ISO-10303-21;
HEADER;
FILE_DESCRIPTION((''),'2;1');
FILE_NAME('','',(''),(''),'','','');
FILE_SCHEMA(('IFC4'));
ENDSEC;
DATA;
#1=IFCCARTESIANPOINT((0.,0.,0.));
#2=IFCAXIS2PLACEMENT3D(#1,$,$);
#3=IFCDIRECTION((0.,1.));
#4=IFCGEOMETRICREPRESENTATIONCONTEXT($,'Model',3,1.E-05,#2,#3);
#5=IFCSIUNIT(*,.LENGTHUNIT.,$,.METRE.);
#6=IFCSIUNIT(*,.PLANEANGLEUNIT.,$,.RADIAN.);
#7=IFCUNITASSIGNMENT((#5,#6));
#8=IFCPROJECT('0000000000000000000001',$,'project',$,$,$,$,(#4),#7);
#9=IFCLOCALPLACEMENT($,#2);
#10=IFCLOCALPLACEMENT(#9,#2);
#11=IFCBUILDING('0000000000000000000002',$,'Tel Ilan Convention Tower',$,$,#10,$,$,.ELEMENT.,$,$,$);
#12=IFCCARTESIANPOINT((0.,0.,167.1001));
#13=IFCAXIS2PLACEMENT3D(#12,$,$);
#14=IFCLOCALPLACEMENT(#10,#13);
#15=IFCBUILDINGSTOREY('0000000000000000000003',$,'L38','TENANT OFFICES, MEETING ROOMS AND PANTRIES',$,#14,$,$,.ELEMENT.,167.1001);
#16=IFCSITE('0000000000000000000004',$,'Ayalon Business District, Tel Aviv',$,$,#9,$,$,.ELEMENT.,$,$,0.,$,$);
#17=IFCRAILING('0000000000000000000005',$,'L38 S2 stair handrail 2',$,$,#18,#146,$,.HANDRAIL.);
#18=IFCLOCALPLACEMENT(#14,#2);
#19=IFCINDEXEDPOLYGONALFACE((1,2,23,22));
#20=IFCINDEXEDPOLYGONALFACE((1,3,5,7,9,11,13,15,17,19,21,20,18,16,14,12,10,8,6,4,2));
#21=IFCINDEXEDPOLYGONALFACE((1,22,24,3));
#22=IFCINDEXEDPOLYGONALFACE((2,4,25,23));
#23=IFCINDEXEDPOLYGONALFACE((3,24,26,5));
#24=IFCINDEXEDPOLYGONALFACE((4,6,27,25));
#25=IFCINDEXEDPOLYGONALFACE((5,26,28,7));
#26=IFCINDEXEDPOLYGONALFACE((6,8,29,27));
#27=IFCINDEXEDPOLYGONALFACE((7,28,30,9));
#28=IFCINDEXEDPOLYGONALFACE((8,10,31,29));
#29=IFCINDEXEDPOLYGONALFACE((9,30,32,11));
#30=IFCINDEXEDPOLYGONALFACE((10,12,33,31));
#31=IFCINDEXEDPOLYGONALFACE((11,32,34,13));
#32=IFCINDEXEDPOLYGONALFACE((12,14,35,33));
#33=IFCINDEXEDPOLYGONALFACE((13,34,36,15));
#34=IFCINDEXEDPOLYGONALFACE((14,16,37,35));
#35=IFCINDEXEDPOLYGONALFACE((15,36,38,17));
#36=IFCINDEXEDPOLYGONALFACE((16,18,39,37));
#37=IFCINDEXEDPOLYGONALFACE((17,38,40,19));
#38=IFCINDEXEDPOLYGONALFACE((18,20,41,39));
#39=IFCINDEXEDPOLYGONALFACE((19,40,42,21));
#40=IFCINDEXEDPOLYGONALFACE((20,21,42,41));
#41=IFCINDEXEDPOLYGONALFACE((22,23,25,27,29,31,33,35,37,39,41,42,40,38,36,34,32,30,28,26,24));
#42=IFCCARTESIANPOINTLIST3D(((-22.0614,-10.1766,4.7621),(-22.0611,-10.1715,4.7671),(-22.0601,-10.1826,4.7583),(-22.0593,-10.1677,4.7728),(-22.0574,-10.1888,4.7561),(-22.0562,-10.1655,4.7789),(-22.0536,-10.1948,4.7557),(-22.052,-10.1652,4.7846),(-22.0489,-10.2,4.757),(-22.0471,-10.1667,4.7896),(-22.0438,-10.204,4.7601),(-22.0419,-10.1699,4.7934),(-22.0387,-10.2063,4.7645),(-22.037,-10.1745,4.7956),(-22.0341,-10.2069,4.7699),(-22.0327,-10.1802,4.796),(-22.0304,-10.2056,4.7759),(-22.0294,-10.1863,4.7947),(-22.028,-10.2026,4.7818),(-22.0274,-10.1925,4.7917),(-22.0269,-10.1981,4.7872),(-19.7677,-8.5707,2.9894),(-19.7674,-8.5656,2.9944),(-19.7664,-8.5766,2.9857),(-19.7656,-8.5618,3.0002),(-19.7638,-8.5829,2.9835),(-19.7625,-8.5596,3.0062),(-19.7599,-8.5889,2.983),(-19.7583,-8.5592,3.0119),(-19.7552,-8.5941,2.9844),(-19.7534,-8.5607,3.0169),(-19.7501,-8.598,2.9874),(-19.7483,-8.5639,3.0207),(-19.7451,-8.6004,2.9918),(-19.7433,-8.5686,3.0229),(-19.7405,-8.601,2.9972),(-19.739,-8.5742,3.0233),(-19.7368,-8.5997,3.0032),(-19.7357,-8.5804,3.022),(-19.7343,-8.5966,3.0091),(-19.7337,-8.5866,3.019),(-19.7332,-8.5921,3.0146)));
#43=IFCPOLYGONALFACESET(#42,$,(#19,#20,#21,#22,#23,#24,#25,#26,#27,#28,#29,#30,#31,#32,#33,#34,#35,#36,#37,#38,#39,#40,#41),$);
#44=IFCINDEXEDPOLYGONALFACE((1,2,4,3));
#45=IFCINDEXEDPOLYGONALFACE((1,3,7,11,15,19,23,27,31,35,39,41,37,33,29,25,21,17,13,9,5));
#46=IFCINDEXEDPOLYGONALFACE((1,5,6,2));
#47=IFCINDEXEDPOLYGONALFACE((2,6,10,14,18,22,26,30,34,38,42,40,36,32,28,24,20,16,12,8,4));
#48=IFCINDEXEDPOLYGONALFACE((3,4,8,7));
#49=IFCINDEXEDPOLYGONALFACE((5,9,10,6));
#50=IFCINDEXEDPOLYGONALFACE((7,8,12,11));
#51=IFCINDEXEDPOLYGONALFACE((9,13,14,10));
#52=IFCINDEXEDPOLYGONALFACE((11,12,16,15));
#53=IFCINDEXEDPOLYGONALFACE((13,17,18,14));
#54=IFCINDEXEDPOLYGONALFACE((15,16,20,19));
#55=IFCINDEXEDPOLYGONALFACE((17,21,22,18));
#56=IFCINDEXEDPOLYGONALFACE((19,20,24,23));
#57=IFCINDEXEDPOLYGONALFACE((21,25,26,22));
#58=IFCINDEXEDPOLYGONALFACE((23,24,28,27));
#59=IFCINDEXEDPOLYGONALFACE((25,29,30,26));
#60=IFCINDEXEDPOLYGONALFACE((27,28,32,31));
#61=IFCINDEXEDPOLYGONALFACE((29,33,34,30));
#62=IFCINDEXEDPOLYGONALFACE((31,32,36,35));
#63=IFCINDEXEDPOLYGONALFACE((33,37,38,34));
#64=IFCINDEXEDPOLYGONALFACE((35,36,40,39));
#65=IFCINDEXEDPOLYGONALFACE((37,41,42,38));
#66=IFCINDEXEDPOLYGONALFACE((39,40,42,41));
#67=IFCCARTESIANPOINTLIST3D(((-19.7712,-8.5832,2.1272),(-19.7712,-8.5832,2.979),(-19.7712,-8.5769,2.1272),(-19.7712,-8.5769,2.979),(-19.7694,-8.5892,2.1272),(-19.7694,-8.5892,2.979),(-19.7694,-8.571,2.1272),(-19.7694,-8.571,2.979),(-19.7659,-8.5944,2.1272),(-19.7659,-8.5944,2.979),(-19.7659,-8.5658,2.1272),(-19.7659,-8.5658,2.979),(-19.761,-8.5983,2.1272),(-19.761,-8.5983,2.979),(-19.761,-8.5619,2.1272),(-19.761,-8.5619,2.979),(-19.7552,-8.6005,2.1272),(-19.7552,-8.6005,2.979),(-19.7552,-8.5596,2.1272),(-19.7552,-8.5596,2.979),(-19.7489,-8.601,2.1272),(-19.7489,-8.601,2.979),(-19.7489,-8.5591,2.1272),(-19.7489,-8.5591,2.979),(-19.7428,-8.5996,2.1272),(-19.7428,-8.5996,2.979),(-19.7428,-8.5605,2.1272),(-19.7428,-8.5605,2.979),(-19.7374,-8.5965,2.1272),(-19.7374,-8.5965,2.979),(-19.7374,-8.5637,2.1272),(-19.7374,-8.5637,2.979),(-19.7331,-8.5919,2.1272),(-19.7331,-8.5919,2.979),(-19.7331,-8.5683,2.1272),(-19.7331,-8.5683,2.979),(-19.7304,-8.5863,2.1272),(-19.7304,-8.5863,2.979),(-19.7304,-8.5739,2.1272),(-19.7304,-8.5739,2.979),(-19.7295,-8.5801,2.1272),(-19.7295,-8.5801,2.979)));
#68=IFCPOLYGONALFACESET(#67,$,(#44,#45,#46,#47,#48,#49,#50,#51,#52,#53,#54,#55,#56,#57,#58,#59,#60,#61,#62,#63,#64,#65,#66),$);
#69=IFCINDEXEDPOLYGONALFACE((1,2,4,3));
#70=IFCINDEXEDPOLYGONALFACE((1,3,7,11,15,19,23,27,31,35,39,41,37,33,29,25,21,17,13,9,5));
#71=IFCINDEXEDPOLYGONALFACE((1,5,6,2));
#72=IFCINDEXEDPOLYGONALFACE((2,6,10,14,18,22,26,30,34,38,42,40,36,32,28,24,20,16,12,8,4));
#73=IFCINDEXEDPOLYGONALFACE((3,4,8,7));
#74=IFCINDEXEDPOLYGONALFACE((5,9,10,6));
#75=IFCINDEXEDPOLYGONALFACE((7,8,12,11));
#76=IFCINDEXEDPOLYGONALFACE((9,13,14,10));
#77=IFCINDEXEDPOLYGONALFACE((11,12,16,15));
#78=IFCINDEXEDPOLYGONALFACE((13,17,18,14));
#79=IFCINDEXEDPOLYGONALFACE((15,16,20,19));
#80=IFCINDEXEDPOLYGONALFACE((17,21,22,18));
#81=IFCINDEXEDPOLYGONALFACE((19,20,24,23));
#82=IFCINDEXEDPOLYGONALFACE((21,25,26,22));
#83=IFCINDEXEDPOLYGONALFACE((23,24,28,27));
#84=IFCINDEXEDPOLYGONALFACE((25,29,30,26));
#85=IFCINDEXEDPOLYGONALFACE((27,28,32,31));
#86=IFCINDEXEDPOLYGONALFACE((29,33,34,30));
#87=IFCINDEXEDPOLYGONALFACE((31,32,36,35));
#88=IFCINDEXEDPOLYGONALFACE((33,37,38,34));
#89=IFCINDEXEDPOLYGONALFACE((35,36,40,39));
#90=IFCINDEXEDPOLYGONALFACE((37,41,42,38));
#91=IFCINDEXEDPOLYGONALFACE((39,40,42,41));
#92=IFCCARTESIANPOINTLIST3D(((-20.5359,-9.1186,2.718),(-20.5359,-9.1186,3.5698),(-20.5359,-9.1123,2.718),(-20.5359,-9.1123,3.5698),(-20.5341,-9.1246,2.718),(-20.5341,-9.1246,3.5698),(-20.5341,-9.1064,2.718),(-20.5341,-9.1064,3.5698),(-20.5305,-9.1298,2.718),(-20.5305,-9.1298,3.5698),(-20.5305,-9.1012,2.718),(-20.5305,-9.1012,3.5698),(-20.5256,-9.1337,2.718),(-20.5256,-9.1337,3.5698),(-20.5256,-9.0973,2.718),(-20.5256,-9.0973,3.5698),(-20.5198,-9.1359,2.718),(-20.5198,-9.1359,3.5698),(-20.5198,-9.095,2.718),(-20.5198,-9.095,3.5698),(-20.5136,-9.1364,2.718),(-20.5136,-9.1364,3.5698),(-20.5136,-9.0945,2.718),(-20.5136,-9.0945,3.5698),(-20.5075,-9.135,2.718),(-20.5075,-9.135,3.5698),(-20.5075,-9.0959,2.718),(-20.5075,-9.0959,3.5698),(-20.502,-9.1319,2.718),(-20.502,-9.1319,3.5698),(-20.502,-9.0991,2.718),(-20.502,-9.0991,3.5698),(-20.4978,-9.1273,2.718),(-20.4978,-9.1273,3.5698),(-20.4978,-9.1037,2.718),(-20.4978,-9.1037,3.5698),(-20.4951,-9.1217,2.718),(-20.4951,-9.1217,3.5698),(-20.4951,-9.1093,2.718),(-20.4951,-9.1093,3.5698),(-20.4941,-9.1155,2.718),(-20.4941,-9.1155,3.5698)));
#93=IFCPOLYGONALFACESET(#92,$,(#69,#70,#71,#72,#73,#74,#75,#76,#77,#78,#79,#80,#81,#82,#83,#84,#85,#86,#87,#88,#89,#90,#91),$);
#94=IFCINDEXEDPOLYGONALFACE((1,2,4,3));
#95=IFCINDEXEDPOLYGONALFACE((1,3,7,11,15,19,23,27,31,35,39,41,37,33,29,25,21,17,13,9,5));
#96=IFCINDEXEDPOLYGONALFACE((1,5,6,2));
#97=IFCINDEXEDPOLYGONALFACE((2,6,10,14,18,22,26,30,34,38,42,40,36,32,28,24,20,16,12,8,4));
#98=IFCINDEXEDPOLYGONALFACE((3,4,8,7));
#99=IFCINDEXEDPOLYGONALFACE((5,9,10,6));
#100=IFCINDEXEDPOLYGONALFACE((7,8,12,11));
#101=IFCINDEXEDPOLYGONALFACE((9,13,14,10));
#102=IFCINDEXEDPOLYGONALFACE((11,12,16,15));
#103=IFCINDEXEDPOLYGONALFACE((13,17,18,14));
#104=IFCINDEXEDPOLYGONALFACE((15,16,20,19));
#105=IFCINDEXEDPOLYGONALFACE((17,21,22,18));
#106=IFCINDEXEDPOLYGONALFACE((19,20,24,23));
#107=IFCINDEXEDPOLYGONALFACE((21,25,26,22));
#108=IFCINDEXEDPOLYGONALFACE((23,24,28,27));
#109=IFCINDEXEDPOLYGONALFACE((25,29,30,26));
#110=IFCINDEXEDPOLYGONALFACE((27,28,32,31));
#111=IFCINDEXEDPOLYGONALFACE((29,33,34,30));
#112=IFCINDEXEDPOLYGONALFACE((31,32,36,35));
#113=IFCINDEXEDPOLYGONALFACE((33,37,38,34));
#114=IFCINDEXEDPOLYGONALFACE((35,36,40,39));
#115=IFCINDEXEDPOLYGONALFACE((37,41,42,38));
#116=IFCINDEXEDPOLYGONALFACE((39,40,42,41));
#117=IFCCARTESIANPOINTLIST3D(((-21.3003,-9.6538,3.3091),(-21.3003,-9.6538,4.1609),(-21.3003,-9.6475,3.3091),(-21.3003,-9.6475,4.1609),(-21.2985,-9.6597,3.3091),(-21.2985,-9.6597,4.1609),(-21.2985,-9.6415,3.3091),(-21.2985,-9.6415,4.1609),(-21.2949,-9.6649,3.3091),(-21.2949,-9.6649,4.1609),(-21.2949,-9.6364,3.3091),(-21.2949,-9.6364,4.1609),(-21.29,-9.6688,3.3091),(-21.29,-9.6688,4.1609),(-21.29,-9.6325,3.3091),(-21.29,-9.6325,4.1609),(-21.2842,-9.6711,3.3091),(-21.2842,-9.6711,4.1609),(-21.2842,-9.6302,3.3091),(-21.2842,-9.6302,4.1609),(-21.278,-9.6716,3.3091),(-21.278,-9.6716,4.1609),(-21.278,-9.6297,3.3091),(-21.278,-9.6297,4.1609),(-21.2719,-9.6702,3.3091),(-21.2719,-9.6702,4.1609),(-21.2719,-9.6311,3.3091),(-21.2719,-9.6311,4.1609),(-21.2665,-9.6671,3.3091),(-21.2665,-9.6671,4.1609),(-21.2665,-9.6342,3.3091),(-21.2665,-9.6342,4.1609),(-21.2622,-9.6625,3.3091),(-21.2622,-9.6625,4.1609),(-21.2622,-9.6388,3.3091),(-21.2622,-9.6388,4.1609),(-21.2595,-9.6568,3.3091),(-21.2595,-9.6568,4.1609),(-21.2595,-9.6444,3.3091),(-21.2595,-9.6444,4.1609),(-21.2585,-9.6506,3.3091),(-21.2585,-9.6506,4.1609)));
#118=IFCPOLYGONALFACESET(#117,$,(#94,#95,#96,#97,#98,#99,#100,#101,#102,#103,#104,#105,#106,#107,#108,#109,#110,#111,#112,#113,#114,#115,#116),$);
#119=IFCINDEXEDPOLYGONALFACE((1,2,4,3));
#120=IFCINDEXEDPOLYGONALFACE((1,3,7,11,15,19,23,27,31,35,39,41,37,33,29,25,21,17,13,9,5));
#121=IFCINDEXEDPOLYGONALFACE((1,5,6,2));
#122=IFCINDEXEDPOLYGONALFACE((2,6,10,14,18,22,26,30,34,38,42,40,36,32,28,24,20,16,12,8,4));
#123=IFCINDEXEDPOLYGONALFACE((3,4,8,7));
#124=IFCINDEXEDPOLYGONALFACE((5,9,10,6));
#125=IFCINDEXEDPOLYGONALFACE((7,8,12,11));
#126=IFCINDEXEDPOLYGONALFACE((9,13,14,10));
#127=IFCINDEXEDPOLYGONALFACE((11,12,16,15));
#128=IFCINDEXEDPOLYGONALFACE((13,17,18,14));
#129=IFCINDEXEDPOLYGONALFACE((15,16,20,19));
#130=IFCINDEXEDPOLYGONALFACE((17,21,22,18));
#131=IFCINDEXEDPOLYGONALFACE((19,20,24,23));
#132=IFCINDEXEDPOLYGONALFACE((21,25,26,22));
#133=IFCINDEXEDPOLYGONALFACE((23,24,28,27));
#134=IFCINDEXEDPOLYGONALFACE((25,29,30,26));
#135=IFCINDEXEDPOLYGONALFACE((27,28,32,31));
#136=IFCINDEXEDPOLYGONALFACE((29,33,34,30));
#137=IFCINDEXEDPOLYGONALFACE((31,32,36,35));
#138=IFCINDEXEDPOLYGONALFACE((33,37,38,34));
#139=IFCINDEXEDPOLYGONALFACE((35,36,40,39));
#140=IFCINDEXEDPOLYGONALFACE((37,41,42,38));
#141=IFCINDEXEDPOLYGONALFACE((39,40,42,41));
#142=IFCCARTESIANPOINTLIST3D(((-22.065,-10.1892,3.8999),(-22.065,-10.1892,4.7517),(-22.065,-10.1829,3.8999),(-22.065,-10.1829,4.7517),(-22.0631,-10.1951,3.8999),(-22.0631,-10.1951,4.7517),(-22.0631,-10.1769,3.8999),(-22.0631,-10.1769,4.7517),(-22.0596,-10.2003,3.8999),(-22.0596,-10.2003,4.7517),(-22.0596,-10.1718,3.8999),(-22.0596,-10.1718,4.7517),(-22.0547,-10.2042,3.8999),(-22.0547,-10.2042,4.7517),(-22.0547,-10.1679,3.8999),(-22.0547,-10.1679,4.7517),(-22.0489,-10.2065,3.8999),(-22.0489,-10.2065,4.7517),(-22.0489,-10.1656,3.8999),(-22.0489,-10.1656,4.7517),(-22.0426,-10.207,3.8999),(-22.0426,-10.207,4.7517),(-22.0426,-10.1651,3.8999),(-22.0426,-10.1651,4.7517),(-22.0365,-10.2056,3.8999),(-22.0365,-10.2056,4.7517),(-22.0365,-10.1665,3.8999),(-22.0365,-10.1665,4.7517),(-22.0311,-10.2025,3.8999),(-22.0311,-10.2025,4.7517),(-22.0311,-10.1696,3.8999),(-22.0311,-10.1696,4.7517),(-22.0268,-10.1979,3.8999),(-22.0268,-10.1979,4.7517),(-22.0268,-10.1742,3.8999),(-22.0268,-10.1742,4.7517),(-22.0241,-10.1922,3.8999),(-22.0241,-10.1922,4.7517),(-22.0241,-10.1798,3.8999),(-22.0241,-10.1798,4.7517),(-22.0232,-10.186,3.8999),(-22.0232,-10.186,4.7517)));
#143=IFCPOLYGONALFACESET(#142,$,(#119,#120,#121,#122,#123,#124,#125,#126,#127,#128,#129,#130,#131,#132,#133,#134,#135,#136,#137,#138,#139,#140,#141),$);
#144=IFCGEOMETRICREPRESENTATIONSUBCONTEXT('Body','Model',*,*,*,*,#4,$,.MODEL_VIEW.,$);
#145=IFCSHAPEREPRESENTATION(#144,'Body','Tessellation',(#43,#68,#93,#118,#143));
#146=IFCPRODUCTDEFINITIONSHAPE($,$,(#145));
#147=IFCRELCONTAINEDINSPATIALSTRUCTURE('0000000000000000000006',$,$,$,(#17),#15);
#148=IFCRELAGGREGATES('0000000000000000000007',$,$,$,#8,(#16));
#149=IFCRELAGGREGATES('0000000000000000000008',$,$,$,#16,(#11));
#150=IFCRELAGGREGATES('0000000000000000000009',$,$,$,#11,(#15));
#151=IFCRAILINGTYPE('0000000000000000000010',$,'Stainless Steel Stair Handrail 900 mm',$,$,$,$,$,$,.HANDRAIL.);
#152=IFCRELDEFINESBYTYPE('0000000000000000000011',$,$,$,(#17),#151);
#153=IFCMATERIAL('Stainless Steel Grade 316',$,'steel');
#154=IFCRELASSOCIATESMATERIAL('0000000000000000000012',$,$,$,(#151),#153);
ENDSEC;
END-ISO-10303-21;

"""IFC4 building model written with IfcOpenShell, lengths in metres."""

from ifc_helpers import new_model, si_unit, direction, frame, origin, origin_2d, place, context, subcontext, project, spatial, circle, extrude, material, type_object, element, save


model = new_model("IFC4")

# Units and contexts
model_context = context("Model", 3, precision=1e-05, world=origin(), true_north=direction((0.0, 1.0)))
body_context = subcontext(model_context, "Body", "Model", "MODEL_VIEW")
ifc_project = project(units=[si_unit("LENGTHUNIT", "METRE"), si_unit("PLANEANGLEUNIT", "RADIAN")], contexts=[model_context])

# Site, building, storey
site_placement = place(None, origin())
site = spatial("IfcSite", under=ifc_project, at=site_placement, Name="Ayalon Business District, Tel Aviv", CompositionType="ELEMENT", RefElevation=0.0)
building_placement = place(site_placement, origin())
building = spatial("IfcBuilding", under=site, at=building_placement, Name="Tel Ilan Convention Tower", CompositionType="ELEMENT")
storey_placement = place(building_placement, frame((0.0, 0.0, 167.1001)))
storey = spatial("IfcBuildingStorey", under=building, at=storey_placement, Name="L38", Description="TENANT OFFICES, MEETING ROOMS AND PANTRIES", CompositionType="ELEMENT", Elevation=167.1001)

# Railing
ifc_material_1 = material(Name="Stainless Steel Grade 316", Category="steel")
railing_type_1 = type_object("IfcRailingType", Name="Stainless Steel Stair Handrail 900 mm", PredefinedType="HANDRAIL", material=ifc_material_1)
railing_1_placement = place(storey_placement, frame((-19.7505, -8.5801, 2.1272)))
element("IfcRailing", 1, at=railing_1_placement, inside=storey, type_object=railing_type_1, Name="L38 S2 stair handrail 2", PredefinedType="HANDRAIL", context=body_context, shape_type="SweptSolid", body=[
    extrude(circle(Radius=0.0239, at=origin_2d()), frame((0.0, 0.0, 0.876), z_axis=(-0.692123, -0.484597, 0.534913), x_axis=(0.57355, -0.81917, 0.0)), (0.0, 0.0, 1.0), 3.314),
    extrude(circle(Radius=0.021, at=origin_2d()), origin(), (0.0, 0.0, 1.0), 0.8518),
    extrude(circle(Radius=0.021, at=origin_2d()), frame((-0.7646, -0.5354, 0.5908)), (0.0, 0.0, 1.0), 0.8518),
    extrude(circle(Radius=0.021, at=origin_2d()), frame((-1.5291, -1.0706, 1.1819)), (0.0, 0.0, 1.0), 0.8518),
    extrude(circle(Radius=0.021, at=origin_2d()), frame((-2.2937, -1.606, 1.7727)), (0.0, 0.0, 1.0), 0.8518),
])

save(model, "model.ifc")
